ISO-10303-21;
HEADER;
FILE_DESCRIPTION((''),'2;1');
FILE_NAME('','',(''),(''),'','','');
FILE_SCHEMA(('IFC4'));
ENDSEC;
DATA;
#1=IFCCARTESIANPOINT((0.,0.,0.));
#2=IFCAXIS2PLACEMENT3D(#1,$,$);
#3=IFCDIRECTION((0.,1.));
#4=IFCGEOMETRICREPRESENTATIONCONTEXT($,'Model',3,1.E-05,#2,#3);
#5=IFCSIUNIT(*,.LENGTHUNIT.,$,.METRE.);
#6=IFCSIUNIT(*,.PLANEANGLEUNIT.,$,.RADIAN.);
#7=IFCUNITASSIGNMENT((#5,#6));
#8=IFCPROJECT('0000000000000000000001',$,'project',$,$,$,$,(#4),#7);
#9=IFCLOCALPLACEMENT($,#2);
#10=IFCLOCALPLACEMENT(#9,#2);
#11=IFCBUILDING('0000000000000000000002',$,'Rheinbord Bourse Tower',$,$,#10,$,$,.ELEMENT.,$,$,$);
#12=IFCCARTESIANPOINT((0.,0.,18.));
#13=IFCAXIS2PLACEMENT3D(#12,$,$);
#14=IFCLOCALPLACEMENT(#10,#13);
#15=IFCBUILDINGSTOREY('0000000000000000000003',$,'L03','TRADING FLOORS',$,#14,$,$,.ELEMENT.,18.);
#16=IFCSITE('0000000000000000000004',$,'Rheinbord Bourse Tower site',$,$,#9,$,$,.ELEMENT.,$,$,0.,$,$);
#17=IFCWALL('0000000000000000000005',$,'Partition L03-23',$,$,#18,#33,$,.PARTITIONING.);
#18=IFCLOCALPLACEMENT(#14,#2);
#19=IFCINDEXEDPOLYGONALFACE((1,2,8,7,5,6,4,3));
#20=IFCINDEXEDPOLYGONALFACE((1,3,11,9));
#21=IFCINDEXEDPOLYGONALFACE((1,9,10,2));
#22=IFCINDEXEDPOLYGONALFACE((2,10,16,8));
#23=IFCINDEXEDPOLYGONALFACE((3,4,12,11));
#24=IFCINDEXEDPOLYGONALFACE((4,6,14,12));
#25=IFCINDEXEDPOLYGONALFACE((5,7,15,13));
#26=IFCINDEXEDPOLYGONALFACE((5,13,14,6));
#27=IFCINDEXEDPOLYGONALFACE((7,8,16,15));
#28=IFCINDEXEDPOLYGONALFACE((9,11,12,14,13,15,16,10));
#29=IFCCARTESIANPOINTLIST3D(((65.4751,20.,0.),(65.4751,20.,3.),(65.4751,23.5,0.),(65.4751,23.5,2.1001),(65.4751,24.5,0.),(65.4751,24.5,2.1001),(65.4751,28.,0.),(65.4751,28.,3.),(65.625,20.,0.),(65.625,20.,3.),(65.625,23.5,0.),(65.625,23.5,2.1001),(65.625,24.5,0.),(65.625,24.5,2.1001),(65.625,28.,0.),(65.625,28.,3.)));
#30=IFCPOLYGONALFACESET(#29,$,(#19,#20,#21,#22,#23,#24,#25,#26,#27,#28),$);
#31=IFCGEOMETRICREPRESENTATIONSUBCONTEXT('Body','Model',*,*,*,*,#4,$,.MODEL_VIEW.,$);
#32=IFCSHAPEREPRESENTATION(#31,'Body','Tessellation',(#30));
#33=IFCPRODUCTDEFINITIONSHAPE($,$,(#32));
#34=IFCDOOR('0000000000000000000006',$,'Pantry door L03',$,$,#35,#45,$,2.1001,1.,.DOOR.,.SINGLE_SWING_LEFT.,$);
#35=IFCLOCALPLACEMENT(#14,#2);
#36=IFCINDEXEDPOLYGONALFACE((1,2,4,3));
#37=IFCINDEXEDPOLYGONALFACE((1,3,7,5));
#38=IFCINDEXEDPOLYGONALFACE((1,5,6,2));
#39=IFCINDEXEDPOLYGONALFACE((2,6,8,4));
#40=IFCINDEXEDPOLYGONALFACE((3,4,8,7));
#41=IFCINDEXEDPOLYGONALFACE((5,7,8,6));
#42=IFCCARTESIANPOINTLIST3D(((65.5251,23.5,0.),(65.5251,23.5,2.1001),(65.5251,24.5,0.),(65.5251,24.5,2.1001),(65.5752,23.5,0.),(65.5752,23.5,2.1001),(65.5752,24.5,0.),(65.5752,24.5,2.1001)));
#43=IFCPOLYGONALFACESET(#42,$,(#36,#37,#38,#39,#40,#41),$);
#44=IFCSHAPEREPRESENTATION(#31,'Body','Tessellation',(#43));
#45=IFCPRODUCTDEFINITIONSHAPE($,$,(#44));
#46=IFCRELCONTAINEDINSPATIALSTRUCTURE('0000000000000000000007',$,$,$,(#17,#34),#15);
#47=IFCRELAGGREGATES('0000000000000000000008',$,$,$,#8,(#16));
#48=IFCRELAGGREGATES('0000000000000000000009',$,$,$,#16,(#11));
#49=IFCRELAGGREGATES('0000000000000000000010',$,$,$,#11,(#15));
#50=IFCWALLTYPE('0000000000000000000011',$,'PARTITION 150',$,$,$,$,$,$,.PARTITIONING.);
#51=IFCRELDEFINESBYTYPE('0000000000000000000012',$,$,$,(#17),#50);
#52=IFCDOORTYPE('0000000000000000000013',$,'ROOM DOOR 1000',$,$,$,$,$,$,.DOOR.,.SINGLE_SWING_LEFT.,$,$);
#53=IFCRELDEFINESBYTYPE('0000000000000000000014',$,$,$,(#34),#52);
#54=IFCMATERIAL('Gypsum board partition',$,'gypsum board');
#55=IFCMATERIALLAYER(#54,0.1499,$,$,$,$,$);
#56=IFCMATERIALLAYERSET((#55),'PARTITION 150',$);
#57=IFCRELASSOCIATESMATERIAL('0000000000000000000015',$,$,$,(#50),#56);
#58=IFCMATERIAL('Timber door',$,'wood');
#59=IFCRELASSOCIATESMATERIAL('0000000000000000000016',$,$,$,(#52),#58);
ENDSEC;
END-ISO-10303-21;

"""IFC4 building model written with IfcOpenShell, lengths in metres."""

from ifc_helpers import new_model, si_unit, direction, frame, frame_2d, origin, place, context, subcontext, project, spatial, rectangle, extrude, material, layer, layer_set, type_object, element, fill, save


model = new_model("IFC4")

# Units and contexts
model_context = context("Model", 3, precision=1e-05, world=origin(), true_north=direction((0.0, 1.0)))
body_context = subcontext(model_context, "Body", "Model", "MODEL_VIEW")
ifc_project = project(units=[si_unit("LENGTHUNIT", "METRE"), si_unit("PLANEANGLEUNIT", "RADIAN")], contexts=[model_context])

# Site, building, storey
site_placement = place(None, origin())
site = spatial("IfcSite", under=ifc_project, at=site_placement, Name="Rheinbord Bourse Tower site", CompositionType="ELEMENT", RefElevation=0.0)
building_placement = place(site_placement, origin())
building = spatial("IfcBuilding", under=site, at=building_placement, Name="Rheinbord Bourse Tower", CompositionType="ELEMENT")
storey_placement = place(building_placement, frame((0.0, 0.0, 18.0)))
storey = spatial("IfcBuildingStorey", under=building, at=storey_placement, Name="L03", Description="TRADING FLOORS", CompositionType="ELEMENT", Elevation=18.0)

# Shared definitions
ifc_material_1 = material(Name="Gypsum board partition", Category="gypsum board")
ifc_layer_1 = layer(ifc_material_1, 0.1499)
ifc_layer_set_1 = layer_set([ifc_layer_1], Name="PARTITION 150")
wall_type_1 = type_object("IfcWallType", Name="PARTITION 150", PredefinedType="PARTITIONING", material=ifc_layer_set_1)

# Wall, opening, door
wall_1_placement = place(storey_placement, frame((65.55, 20.0, 0.0), z_axis=(0.0, 0.0, 1.0), x_axis=(0.0, 1.0, 0.0)))
wall_1 = element("IfcWall", 1, at=wall_1_placement, inside=storey, type_object=wall_type_1, Name="Partition L03-23", PredefinedType="PARTITIONING", context=body_context, shape_type="SweptSolid", body=[
    extrude(rectangle(XDim=8.0, YDim=0.1499, at=frame_2d((4.0, 0.0))), origin(), (0.0, 0.0, 1.0), 3.0),
])
opening_placement = place(wall_1_placement, frame((3.5, 0.0, 0.0)))
opening = element("IfcOpeningElement", 2, at=opening_placement, cuts=wall_1, PredefinedType="OPENING", context=body_context, shape_type="SweptSolid", body=[
    extrude(rectangle(XDim=1.0, YDim=2.1001, at=frame_2d((0.5, 1.05))), frame((0.0, 0.085, 0.0), z_axis=(0.0, -1.0, 0.0), x_axis=(1.0, 0.0, 0.0)), (0.0, 0.0, 1.0), 0.1699),
])
ifc_material_2 = material(Name="Timber door", Category="wood")
door_type = type_object("IfcDoorType", Name="ROOM DOOR 1000", OperationType="SINGLE_SWING_LEFT", PredefinedType="DOOR", material=ifc_material_2)
door_placement = place(opening_placement, origin())
door = element("IfcDoor", 3, at=door_placement, inside=storey, type_object=door_type, Name="Pantry door L03", OperationType="SINGLE_SWING_LEFT", OverallHeight=2.1001, OverallWidth=1.0, PredefinedType="DOOR", context=body_context, shape_type="SweptSolid", body=[
    extrude(rectangle(XDim=1.0, YDim=2.1001, at=frame_2d((0.5, 1.05))), frame((0.0, 0.0249, 0.0), z_axis=(0.0, -1.0, 0.0), x_axis=(1.0, 0.0, 0.0)), (0.0, 0.0, 1.0), 0.05),
])
fill(opening, door)

save(model, "model.ifc")
